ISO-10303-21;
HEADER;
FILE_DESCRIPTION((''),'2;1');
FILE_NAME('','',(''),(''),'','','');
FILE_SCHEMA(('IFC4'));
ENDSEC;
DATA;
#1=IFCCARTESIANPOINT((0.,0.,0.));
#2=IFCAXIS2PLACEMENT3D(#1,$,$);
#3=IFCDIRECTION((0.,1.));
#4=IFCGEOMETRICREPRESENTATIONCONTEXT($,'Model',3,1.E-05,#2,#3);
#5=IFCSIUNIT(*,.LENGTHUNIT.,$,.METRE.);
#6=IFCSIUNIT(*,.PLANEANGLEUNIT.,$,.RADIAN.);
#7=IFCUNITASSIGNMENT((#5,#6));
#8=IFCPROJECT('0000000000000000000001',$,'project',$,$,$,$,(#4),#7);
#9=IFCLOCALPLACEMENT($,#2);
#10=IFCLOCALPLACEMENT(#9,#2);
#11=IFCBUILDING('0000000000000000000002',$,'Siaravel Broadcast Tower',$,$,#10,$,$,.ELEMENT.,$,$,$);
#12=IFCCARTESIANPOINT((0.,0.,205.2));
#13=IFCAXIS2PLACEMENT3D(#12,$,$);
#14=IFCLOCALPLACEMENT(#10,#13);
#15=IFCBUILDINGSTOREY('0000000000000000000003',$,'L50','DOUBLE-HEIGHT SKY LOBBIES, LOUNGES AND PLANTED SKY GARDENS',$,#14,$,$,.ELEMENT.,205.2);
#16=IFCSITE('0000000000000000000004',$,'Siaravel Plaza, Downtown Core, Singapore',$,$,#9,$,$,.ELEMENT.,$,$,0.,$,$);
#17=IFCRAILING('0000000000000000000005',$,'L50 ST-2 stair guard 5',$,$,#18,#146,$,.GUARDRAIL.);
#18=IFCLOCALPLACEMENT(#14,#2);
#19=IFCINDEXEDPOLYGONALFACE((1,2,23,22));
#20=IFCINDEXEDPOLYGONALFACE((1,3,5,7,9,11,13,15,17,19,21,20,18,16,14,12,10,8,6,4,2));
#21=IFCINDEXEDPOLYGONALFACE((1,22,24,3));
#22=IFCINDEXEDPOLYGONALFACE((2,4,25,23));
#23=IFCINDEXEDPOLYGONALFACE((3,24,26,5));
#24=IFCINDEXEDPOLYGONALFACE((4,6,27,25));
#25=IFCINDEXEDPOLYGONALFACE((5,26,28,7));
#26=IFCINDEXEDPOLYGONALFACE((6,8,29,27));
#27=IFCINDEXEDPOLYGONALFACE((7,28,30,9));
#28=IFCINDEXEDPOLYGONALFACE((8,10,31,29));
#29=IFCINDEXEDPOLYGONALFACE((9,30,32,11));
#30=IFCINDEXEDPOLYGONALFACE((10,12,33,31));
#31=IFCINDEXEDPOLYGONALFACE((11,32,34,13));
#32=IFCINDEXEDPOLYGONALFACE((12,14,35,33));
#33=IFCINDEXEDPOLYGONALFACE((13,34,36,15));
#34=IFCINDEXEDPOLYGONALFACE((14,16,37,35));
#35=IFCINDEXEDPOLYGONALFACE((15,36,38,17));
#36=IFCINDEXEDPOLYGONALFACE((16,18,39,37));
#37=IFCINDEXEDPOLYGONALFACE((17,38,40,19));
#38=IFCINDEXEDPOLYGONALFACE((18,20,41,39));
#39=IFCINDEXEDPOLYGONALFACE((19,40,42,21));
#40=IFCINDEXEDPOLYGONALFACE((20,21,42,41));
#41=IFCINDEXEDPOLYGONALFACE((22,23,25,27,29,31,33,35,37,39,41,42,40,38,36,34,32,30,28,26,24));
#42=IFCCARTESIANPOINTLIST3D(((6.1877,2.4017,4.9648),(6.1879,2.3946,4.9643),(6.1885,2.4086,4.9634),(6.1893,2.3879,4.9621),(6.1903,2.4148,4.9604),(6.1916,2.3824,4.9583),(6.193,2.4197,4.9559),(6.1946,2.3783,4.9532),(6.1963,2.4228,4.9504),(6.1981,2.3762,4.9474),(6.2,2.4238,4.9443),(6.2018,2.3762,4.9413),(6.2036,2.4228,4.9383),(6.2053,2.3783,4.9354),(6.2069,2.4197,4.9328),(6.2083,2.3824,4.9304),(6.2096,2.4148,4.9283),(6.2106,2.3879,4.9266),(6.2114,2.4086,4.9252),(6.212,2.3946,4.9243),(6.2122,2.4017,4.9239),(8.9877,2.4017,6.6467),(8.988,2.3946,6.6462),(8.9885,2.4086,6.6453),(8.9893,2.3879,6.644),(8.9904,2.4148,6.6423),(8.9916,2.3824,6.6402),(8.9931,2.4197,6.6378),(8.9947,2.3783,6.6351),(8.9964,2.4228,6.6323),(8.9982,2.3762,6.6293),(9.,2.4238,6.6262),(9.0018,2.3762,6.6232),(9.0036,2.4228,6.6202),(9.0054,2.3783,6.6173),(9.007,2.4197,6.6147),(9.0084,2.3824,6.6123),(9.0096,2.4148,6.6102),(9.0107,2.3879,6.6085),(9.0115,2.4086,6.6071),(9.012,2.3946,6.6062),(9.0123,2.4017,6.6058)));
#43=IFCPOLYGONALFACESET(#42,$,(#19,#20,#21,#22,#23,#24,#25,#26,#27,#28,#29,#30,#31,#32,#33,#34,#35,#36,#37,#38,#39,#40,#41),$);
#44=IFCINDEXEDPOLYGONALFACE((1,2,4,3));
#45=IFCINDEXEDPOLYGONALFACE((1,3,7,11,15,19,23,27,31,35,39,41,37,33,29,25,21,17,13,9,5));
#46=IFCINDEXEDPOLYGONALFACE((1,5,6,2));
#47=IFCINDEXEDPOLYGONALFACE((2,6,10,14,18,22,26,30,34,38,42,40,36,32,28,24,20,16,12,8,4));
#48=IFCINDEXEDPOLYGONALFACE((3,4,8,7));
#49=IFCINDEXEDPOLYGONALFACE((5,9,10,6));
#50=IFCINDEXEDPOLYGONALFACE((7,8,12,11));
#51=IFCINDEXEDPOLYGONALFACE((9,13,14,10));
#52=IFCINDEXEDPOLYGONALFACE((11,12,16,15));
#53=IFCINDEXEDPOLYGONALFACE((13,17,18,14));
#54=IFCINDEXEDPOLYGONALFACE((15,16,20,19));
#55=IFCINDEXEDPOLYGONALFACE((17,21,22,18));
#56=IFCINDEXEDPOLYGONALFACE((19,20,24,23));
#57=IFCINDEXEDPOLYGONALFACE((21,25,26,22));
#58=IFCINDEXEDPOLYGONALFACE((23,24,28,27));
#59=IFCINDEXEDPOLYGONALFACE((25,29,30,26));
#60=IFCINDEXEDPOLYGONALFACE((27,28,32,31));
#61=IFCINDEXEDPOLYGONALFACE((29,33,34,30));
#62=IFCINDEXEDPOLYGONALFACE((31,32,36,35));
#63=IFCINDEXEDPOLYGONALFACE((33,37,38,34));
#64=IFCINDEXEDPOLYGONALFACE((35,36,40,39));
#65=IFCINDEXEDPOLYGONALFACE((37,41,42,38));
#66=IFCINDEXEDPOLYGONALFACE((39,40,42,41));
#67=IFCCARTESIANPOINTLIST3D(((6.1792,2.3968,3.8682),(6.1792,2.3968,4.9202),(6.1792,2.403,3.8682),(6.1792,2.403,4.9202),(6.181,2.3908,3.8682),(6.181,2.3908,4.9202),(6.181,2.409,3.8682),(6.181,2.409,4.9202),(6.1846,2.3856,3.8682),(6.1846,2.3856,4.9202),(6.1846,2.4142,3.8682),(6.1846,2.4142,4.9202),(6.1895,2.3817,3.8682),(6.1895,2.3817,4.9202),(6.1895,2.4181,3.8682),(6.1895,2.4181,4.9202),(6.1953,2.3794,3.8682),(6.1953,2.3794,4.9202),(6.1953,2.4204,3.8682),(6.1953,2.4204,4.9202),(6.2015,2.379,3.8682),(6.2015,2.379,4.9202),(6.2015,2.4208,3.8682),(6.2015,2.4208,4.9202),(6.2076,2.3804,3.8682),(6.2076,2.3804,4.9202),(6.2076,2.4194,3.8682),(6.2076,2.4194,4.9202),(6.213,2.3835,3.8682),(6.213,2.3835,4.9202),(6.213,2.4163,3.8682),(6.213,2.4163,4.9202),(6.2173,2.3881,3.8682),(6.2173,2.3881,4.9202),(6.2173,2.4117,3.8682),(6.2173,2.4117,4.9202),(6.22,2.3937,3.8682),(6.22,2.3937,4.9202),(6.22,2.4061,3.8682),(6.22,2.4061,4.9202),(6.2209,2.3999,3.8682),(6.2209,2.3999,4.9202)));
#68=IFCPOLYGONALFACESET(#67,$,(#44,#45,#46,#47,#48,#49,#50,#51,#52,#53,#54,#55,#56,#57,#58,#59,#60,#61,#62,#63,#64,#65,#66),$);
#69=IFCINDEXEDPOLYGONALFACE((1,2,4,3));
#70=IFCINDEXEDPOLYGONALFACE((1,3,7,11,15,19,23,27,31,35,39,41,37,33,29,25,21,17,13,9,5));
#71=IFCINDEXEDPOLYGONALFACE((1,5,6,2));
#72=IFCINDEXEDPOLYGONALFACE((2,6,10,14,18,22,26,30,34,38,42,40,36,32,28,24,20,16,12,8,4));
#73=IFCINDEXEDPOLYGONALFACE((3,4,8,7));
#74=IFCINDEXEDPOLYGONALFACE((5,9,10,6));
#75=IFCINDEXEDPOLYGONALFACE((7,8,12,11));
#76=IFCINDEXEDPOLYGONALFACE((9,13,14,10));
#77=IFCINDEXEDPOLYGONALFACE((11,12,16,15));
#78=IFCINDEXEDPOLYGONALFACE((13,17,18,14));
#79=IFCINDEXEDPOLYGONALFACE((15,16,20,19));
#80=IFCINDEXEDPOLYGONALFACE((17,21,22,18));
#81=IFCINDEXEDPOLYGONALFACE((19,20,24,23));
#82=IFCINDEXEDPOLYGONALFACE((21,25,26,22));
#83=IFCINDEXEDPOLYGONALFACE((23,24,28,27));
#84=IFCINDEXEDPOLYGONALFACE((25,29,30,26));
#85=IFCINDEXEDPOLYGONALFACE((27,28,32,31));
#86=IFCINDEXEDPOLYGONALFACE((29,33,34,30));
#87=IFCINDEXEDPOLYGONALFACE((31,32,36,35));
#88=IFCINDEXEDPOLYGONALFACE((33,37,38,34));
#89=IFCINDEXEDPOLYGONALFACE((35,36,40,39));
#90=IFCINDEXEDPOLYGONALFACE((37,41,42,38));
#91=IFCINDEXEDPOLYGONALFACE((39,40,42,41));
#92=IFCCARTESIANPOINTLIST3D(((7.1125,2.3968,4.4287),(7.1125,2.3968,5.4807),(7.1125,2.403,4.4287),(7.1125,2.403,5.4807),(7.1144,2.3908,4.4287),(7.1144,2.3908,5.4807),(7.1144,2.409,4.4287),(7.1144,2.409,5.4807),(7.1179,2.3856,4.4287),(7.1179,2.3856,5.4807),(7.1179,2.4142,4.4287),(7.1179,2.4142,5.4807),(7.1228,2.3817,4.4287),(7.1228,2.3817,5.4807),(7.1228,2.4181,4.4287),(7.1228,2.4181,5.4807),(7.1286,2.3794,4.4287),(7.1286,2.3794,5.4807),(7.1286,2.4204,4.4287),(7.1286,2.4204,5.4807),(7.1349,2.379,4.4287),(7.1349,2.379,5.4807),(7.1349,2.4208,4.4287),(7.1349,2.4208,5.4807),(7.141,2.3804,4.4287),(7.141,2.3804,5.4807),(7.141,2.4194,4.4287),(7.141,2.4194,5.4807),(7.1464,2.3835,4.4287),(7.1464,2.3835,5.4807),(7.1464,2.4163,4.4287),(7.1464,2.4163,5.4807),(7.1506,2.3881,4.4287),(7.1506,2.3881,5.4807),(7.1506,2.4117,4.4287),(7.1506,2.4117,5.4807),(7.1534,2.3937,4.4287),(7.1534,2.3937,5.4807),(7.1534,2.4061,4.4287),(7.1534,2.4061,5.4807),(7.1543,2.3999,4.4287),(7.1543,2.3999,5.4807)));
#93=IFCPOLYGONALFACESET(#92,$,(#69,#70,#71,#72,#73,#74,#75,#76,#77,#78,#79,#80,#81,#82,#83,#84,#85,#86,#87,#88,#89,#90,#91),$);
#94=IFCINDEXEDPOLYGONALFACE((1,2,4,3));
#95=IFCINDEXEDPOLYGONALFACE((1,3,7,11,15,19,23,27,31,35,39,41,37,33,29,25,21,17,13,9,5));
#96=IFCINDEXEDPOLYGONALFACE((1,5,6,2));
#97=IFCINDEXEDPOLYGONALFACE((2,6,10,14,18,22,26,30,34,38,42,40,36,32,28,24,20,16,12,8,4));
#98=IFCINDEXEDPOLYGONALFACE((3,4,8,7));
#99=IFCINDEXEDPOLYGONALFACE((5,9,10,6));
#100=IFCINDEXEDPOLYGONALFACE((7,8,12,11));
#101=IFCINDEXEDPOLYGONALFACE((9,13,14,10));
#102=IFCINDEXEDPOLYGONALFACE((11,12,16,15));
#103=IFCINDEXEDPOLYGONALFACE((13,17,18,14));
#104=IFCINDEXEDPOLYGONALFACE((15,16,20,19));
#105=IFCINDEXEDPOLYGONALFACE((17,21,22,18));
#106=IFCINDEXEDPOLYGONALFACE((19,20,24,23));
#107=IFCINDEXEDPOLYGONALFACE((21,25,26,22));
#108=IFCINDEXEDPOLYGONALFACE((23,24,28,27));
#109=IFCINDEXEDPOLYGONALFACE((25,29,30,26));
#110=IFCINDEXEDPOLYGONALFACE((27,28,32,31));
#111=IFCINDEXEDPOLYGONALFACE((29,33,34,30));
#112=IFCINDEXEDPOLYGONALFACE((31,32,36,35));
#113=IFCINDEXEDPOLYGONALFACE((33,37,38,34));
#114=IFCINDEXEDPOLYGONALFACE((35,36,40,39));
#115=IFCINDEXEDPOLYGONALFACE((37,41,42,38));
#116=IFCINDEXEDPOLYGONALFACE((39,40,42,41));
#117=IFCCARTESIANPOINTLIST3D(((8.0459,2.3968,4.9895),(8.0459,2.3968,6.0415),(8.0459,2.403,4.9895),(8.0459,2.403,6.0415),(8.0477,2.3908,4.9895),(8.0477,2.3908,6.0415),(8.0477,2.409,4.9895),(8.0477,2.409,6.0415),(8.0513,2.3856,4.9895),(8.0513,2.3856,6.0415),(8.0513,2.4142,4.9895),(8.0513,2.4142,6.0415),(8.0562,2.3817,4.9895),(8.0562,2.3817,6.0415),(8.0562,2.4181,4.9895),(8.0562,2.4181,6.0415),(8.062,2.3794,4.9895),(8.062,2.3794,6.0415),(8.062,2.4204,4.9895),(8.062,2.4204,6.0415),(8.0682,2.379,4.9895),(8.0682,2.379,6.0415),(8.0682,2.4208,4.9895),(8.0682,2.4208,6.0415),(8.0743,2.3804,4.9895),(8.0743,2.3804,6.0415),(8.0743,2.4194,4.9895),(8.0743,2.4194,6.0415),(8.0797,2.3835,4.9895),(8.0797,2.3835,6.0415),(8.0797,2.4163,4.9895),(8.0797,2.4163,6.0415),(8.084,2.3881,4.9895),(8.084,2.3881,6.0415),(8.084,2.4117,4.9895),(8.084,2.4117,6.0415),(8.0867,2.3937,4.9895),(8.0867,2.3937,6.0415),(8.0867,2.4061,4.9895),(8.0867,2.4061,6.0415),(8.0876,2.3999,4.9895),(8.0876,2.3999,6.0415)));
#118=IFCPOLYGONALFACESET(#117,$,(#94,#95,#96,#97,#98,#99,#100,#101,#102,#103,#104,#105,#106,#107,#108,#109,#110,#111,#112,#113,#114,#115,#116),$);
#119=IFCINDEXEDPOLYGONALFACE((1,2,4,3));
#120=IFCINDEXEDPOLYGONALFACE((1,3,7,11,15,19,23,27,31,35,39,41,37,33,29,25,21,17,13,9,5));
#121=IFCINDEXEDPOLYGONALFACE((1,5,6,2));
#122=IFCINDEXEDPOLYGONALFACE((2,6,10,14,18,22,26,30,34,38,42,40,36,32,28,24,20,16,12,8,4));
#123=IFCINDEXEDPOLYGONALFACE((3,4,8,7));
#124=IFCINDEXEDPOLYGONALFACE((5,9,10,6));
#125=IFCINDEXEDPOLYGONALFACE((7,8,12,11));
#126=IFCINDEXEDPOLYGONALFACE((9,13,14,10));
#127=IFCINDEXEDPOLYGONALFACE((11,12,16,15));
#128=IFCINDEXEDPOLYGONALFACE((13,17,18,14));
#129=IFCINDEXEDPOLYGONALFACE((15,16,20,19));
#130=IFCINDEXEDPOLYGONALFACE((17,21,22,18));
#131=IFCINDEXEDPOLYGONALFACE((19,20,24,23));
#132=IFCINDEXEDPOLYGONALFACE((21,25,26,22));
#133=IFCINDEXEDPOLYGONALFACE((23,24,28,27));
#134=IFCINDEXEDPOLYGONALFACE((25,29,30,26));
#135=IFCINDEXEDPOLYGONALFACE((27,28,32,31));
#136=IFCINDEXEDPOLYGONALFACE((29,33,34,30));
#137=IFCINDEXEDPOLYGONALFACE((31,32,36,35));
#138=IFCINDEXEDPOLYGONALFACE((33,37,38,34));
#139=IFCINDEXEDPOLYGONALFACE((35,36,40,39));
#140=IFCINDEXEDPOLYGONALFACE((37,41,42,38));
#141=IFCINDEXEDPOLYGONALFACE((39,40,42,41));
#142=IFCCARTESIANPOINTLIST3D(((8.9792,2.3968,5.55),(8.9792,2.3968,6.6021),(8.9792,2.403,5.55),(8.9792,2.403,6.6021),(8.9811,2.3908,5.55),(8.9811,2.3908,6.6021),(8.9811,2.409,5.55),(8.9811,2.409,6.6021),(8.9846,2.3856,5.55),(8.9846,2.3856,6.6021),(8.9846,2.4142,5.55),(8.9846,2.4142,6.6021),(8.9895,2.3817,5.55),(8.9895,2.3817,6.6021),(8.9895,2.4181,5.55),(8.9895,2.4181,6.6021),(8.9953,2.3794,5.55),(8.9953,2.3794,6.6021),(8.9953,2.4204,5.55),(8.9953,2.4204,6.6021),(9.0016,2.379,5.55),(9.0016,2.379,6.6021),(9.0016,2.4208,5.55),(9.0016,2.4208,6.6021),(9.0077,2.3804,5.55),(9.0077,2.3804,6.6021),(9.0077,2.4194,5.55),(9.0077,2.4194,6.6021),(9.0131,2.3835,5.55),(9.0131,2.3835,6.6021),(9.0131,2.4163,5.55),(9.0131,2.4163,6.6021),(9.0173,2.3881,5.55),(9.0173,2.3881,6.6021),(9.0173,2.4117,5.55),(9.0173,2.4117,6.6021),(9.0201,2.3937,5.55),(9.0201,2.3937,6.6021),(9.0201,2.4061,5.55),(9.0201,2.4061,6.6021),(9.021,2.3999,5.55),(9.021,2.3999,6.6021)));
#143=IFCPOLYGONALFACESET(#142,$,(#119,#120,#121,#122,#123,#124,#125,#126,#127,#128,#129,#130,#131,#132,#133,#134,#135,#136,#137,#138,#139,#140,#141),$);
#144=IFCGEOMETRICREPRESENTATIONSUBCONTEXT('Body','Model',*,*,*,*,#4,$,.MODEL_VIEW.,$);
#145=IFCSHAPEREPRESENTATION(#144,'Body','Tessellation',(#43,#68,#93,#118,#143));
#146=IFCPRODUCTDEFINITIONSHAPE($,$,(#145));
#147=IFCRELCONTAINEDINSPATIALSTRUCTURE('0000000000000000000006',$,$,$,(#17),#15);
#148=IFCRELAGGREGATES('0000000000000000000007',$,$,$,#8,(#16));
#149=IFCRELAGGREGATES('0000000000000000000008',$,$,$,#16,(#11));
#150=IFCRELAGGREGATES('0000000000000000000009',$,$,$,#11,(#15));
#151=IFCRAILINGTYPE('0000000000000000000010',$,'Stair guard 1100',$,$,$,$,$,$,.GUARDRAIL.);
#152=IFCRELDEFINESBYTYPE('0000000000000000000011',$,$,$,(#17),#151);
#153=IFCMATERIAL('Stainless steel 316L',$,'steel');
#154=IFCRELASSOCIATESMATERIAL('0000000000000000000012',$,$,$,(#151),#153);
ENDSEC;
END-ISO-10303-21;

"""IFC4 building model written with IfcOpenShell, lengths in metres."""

from ifc_helpers import new_model, si_unit, direction, frame, origin, origin_2d, place, context, subcontext, project, spatial, circle, extrude, material, type_object, element, save


model = new_model("IFC4")

# Units and contexts
model_context = context("Model", 3, precision=1e-05, world=origin(), true_north=direction((0.0, 1.0)))
body_context = subcontext(model_context, "Body", "Model", "MODEL_VIEW")
ifc_project = project(units=[si_unit("LENGTHUNIT", "METRE"), si_unit("PLANEANGLEUNIT", "RADIAN")], contexts=[model_context])

# Site, building, storey
site_placement = place(None, origin())
site = spatial("IfcSite", under=ifc_project, at=site_placement, Name="Siaravel Plaza, Downtown Core, Singapore", CompositionType="ELEMENT", RefElevation=0.0)
building_placement = place(site_placement, origin())
building = spatial("IfcBuilding", under=site, at=building_placement, Name="Siaravel Broadcast Tower", CompositionType="ELEMENT")
storey_placement = place(building_placement, frame((0.0, 0.0, 205.2)))
storey = spatial("IfcBuildingStorey", under=building, at=storey_placement, Name="L50", Description="DOUBLE-HEIGHT SKY LOBBIES, LOUNGES AND PLANTED SKY GARDENS", CompositionType="ELEMENT", Elevation=205.2)

# Railing
ifc_material_1 = material(Name="Stainless steel 316L", Category="steel")
railing_type_1 = type_object("IfcRailingType", Name="Stair guard 1100", PredefinedType="GUARDRAIL", material=ifc_material_1)
railing_1_placement = place(storey_placement, frame((6.2, 2.3999, 3.8682)))
element("IfcRailing", 1, at=railing_1_placement, inside=storey, type_object=railing_type_1, Name="L50 ST-2 stair guard 5", PredefinedType="GUARDRAIL", context=body_context, shape_type="SweptSolid", body=[
    extrude(circle(Radius=0.0239, at=origin_2d()), frame((0.0, 0.0, 1.0762), z_axis=(0.857242, 0.0, 0.514913), x_axis=(0.0, 1.0, 0.0)), (0.0, 0.0, 1.0), 3.2664),
    extrude(circle(Radius=0.021, at=origin_2d()), origin(), (0.0, 0.0, 1.0), 1.052),
    extrude(circle(Radius=0.021, at=origin_2d()), frame((0.9333, 0.0, 0.5605)), (0.0, 0.0, 1.0), 1.052),
    extrude(circle(Radius=0.021, at=origin_2d()), frame((1.8667, 0.0, 1.1213)), (0.0, 0.0, 1.0), 1.052),
    extrude(circle(Radius=0.021, at=origin_2d()), frame((2.8, 0.0, 1.6819)), (0.0, 0.0, 1.0), 1.052),
])

save(model, "model.ifc")
